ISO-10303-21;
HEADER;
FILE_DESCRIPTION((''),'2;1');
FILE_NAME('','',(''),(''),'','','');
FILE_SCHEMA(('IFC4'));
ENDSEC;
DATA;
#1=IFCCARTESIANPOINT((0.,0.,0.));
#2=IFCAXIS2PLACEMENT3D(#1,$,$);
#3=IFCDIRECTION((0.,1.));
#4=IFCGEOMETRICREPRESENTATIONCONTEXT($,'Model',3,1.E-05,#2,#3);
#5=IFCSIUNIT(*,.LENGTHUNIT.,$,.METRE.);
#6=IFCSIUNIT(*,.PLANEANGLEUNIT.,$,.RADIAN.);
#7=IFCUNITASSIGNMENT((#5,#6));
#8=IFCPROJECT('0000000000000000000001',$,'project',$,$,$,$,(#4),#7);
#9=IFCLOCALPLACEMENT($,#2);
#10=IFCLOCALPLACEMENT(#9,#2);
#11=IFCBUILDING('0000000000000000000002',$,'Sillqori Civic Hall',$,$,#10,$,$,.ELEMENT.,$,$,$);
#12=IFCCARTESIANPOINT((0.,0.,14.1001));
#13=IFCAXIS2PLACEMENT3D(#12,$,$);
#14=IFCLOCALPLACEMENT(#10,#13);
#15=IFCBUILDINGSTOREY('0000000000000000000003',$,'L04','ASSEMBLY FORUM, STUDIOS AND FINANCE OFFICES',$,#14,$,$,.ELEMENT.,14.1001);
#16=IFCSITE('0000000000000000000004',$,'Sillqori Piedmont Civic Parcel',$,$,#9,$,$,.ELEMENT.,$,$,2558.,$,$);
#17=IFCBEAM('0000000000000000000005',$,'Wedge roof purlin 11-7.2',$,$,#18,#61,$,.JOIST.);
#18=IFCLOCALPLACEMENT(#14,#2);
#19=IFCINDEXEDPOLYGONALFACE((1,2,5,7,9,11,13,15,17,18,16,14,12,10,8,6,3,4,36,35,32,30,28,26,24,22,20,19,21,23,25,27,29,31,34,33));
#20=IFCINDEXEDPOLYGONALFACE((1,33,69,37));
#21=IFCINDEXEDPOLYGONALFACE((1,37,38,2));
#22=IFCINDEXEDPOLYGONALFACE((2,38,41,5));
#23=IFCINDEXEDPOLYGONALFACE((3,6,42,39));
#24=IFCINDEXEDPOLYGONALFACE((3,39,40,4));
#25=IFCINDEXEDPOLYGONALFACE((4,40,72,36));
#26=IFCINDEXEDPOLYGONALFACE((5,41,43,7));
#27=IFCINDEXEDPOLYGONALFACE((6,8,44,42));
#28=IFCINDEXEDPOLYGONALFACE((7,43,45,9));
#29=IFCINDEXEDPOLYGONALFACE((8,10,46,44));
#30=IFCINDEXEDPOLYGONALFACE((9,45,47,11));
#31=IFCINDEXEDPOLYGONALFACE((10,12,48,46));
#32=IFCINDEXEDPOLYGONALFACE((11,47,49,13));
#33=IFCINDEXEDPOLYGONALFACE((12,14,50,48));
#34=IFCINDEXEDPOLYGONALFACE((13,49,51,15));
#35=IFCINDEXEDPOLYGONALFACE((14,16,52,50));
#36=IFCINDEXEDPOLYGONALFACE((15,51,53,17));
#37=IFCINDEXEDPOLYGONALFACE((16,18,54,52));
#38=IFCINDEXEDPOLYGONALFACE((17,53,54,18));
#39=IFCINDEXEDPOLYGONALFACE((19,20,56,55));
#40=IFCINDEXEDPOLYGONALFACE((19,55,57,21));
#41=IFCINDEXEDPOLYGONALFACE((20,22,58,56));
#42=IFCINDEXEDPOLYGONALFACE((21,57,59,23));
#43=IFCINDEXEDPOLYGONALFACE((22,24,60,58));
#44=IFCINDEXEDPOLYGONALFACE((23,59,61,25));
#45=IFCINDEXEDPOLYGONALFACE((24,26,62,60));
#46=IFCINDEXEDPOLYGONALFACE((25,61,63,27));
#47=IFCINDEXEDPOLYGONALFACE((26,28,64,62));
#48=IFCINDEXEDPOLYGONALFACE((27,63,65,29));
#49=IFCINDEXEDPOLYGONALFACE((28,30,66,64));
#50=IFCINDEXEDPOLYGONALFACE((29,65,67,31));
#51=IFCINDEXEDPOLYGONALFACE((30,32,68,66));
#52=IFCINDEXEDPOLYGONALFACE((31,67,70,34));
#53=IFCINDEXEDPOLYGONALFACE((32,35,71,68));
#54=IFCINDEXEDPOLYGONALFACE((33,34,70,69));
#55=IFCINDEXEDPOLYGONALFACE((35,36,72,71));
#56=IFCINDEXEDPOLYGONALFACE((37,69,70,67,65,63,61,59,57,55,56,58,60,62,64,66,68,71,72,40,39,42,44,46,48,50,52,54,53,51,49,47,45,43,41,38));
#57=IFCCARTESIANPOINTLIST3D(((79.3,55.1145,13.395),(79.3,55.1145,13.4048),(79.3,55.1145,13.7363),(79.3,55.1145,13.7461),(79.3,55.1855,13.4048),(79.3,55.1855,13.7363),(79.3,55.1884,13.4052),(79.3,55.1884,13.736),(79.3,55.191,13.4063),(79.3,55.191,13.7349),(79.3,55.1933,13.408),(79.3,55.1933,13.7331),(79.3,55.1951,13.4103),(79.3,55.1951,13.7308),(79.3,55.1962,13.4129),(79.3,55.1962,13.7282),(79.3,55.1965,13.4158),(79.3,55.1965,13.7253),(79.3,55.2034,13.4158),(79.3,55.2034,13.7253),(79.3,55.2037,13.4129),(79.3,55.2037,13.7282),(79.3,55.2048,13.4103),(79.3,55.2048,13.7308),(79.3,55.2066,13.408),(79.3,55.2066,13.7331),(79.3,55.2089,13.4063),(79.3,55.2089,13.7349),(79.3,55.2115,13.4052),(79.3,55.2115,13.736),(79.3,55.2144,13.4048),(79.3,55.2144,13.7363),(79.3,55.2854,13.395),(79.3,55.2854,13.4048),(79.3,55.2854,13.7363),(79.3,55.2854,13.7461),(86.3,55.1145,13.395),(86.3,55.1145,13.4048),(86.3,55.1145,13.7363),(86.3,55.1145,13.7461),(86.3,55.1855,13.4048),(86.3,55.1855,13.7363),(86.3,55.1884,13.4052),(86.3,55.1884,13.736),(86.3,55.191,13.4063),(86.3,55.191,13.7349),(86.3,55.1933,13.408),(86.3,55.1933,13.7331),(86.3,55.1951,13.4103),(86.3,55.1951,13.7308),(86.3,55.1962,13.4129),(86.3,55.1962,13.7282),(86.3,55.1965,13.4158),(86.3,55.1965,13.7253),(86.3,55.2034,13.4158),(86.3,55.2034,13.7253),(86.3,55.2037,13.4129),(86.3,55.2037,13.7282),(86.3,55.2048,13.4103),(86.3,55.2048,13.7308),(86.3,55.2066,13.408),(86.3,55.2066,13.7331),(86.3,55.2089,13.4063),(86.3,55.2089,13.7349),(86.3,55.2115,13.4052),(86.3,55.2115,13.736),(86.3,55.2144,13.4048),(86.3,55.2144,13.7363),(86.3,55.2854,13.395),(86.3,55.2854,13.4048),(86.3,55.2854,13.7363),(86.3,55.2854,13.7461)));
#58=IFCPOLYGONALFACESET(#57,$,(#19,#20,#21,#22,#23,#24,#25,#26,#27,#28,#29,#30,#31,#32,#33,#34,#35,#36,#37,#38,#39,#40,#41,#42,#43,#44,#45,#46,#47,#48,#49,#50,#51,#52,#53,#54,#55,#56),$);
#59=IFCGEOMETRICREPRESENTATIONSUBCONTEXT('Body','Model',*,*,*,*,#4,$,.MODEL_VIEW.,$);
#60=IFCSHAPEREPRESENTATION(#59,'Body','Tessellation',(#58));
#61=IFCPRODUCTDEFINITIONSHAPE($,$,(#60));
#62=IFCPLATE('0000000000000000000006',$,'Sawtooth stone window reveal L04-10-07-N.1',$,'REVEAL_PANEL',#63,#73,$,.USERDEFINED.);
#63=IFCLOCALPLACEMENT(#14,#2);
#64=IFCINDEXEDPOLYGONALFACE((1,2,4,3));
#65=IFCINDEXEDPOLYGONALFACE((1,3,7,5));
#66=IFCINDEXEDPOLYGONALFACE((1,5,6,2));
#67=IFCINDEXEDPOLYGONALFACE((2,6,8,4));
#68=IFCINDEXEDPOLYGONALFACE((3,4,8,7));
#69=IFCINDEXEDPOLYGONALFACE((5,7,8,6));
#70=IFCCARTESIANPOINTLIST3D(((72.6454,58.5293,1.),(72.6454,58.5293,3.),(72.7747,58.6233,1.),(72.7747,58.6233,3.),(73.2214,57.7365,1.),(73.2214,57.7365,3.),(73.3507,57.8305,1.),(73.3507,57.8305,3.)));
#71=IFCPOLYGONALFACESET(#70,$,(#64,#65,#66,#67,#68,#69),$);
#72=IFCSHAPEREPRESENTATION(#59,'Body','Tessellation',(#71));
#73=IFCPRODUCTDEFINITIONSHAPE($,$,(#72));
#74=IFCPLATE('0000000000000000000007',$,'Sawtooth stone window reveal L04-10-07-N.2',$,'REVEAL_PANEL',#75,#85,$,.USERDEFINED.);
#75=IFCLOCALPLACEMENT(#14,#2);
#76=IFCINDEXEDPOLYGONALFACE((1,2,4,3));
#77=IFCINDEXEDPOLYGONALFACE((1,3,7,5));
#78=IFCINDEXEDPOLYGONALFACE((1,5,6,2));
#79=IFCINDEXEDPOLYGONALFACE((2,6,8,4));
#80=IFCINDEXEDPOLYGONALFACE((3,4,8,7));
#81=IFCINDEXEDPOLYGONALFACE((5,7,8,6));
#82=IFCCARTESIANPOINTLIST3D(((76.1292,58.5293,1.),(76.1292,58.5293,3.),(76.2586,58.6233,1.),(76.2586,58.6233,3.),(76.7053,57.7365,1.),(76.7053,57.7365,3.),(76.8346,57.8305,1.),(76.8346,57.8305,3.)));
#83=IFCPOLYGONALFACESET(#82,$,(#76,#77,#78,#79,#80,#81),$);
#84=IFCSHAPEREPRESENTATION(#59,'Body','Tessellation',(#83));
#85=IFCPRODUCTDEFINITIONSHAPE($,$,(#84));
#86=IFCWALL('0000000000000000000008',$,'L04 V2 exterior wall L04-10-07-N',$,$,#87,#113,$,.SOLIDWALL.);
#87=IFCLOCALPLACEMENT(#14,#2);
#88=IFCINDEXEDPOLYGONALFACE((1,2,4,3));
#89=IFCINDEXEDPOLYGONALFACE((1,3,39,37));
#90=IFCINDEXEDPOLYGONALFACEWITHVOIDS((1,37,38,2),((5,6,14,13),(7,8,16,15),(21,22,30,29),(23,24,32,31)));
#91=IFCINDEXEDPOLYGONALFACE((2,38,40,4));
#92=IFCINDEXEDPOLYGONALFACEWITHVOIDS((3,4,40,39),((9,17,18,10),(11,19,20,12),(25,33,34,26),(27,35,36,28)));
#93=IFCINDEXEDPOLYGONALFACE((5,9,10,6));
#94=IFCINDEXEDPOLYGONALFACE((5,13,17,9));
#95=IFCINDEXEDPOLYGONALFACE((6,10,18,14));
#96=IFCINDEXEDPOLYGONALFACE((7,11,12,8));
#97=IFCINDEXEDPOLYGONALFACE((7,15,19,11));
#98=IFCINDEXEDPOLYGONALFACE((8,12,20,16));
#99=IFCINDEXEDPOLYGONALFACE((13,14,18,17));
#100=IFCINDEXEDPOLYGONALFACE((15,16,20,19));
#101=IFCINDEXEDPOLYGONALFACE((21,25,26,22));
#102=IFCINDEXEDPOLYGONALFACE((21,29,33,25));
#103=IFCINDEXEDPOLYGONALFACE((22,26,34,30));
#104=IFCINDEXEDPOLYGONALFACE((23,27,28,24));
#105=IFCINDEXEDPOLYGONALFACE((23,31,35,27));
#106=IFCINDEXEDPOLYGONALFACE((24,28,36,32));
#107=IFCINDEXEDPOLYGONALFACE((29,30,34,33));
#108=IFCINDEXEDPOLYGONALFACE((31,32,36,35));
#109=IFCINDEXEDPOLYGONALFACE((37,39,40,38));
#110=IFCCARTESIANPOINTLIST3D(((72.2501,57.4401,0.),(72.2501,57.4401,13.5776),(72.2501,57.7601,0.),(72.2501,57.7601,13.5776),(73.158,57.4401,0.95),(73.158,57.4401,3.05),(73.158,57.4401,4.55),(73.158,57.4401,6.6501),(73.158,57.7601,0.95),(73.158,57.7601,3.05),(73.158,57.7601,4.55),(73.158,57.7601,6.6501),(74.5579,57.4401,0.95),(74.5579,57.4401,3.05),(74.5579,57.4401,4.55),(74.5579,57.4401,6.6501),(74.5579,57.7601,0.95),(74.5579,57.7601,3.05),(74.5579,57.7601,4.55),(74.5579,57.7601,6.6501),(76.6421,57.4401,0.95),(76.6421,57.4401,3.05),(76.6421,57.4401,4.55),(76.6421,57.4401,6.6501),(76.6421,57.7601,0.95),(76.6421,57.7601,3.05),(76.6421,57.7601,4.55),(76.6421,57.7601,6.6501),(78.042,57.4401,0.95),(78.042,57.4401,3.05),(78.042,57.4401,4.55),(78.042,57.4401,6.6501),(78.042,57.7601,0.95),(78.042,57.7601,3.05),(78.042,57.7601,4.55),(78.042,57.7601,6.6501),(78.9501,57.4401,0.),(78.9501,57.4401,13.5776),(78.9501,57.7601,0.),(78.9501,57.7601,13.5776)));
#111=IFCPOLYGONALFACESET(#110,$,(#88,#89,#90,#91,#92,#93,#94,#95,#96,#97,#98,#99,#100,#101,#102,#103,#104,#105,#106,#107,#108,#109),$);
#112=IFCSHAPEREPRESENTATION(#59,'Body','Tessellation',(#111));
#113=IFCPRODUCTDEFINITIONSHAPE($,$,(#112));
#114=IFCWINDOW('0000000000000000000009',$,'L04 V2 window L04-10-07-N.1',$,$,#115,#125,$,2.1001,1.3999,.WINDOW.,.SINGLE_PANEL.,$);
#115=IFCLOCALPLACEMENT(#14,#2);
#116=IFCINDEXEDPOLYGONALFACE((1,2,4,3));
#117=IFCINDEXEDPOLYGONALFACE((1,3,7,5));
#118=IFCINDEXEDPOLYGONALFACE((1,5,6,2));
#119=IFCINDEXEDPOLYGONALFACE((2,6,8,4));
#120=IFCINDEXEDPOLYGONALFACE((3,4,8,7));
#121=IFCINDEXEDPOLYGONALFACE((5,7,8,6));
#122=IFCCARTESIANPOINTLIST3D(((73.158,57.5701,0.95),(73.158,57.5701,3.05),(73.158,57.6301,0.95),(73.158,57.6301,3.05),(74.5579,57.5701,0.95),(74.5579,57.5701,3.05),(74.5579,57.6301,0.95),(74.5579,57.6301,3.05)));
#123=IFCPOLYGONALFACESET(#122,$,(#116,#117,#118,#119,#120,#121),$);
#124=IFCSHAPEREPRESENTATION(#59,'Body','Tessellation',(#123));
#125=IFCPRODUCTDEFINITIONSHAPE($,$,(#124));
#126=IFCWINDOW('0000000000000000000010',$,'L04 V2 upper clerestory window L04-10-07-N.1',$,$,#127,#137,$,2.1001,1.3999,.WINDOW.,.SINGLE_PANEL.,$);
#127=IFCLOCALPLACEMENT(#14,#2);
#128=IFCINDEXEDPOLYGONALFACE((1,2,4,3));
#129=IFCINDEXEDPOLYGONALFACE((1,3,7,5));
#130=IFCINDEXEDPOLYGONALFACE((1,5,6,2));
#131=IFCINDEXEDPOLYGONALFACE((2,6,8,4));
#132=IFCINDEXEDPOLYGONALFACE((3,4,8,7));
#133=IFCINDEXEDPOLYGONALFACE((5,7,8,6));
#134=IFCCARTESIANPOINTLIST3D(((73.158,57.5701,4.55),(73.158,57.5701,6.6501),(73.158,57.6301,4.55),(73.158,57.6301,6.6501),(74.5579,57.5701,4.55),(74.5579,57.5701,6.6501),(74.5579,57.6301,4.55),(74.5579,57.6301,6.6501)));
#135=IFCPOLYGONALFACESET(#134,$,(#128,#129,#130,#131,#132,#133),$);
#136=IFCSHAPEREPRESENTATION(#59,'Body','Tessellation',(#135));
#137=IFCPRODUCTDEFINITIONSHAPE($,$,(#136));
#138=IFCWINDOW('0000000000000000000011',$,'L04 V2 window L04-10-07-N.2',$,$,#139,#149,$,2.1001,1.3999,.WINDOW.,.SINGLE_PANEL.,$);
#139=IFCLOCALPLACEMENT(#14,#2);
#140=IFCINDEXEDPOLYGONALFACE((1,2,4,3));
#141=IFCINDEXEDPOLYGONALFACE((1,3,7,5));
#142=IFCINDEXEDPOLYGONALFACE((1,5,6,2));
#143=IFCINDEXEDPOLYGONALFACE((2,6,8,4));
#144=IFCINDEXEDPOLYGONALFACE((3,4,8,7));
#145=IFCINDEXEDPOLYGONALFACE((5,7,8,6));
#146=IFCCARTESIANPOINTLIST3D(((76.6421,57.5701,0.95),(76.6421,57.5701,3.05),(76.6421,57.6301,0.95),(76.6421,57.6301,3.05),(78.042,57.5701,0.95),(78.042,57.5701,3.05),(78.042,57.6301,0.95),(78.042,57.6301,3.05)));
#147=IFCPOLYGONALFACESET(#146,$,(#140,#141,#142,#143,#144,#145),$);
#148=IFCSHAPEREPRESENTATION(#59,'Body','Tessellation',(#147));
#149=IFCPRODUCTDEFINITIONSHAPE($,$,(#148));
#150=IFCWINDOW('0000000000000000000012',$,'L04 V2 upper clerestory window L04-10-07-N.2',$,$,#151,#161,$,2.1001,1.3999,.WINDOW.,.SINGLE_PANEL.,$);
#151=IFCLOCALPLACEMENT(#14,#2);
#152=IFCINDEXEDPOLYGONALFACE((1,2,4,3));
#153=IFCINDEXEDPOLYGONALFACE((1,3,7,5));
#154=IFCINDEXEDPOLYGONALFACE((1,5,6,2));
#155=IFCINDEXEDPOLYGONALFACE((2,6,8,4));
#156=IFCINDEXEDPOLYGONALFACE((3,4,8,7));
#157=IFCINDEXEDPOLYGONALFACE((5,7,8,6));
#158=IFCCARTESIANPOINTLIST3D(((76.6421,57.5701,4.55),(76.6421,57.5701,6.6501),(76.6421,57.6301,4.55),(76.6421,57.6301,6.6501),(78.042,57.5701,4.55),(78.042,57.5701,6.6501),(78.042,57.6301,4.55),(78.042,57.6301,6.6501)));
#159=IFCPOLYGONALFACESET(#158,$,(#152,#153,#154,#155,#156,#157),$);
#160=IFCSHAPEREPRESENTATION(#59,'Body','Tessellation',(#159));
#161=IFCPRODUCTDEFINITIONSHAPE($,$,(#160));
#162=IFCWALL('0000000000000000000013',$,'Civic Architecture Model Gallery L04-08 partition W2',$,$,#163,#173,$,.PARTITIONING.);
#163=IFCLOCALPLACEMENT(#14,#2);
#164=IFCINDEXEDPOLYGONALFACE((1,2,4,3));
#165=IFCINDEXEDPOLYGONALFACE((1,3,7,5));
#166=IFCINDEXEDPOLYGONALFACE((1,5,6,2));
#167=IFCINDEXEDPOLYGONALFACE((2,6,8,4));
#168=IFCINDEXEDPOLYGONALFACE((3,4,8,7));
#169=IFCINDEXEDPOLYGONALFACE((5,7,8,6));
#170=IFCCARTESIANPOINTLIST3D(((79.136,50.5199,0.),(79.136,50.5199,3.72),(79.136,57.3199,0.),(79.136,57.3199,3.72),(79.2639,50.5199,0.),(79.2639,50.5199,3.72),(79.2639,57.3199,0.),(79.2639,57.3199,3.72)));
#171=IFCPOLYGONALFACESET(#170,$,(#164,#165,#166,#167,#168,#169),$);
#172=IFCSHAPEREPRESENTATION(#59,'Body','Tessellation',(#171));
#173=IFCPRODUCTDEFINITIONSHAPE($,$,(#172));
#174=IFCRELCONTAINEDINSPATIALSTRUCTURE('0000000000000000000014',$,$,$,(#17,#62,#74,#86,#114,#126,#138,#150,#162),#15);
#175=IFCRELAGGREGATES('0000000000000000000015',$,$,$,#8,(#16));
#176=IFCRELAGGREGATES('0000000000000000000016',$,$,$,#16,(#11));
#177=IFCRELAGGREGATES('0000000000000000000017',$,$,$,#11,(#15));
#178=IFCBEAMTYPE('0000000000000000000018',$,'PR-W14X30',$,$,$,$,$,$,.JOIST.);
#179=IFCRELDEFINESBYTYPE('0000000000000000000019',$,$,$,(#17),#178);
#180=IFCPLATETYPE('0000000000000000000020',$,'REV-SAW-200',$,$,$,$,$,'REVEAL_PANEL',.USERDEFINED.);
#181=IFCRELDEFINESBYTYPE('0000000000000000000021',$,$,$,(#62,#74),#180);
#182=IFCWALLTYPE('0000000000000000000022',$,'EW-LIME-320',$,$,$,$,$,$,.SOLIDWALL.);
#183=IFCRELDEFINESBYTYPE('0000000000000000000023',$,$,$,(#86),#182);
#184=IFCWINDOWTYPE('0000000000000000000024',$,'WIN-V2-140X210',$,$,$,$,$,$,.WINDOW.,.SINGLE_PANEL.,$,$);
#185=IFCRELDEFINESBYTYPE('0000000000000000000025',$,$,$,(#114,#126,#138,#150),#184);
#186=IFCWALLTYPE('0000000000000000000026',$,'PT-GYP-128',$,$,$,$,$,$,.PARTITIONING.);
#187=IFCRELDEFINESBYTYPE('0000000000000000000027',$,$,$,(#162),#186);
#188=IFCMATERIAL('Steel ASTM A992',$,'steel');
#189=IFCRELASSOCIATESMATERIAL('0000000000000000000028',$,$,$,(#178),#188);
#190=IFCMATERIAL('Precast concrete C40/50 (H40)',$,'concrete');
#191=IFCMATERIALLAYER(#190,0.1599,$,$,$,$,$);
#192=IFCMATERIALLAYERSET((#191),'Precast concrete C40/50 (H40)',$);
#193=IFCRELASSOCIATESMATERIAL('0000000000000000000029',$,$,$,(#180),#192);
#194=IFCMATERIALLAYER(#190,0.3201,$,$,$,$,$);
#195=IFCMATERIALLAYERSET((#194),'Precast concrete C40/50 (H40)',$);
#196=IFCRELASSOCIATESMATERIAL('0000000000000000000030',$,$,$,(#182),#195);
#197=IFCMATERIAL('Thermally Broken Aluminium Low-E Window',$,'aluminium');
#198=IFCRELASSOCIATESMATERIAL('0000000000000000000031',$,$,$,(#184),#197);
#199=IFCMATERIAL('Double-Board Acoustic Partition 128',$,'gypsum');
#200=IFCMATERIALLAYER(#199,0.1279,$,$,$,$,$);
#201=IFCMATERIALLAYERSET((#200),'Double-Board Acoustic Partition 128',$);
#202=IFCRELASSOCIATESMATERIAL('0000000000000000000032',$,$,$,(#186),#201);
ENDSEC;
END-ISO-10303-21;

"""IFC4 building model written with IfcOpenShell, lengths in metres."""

from ifc_helpers import new_model, si_unit, direction, frame, frame_2d, origin, origin_2d, place, context, subcontext, project, spatial, rectangle, i_section, extrude, material, layer, layer_set, material_profile, profile_set, type_object, element, fill, save


model = new_model("IFC4")

# Units and contexts
model_context = context("Model", 3, precision=1e-05, world=origin(), true_north=direction((0.0, 1.0)))
body_context = subcontext(model_context, "Body", "Model", "MODEL_VIEW")
ifc_project = project(units=[si_unit("LENGTHUNIT", "METRE"), si_unit("PLANEANGLEUNIT", "RADIAN")], contexts=[model_context])

# Site, building, storey
site_placement = place(None, origin())
site = spatial("IfcSite", under=ifc_project, at=site_placement, Name="Sillqori Piedmont Civic Parcel", CompositionType="ELEMENT", RefElevation=2558.0)
building_placement = place(site_placement, origin())
building = spatial("IfcBuilding", under=site, at=building_placement, Name="Sillqori Civic Hall", CompositionType="ELEMENT")
storey_placement = place(building_placement, frame((0.0, 0.0, 14.1001)))
storey = spatial("IfcBuildingStorey", under=building, at=storey_placement, Name="L04", Description="ASSEMBLY FORUM, STUDIOS AND FINANCE OFFICES", CompositionType="ELEMENT", Elevation=14.1001)

# Shared definitions
ifc_material_1 = material(Name="Steel ASTM A992", Category="steel")

# Beam
ifc_material_profile_1 = material_profile(ifc_material_1, i_section(OverallWidth=0.1709, OverallDepth=0.3511, WebThickness=0.0068, FlangeThickness=0.0098, FilletRadius=0.011, at=origin_2d()), Name="W14X30")
ifc_profile_set_1 = profile_set([ifc_material_profile_1], Name="Steel ASTM A992")
beam_type_1 = type_object("IfcBeamType", Name="PR-W14X30", PredefinedType="JOIST", material=ifc_profile_set_1)
for number, where, z_axis, x_axis, name in (
    (1, (79.3, 55.2, 13.5706), (1.0, 0.0, 0.0), (0.0, 1.0, 0.0), "Wedge roof purlin 11-7.2"),
):
    element("IfcBeam", number, at=place(storey_placement, frame(where, z_axis=z_axis, x_axis=x_axis)), inside=storey, type_object=beam_type_1, Name=name, PredefinedType="JOIST", context=body_context, shape_type="SweptSolid", body=[
        extrude(i_section(OverallWidth=0.1709, OverallDepth=0.3511, WebThickness=0.0068, FlangeThickness=0.0098, FilletRadius=0.011, at=origin_2d()), origin(), (0.0, 0.0, 1.0), 7.0),
    ])

# Plates
ifc_material_2 = material(Name="Precast concrete C40/50 (H40)", Category="concrete")
ifc_layer_1 = layer(ifc_material_2, 0.1599)
ifc_layer_set_1 = layer_set([ifc_layer_1], Name="Precast concrete C40/50 (H40)")
plate_type = type_object("IfcPlateType", Name="REV-SAW-200", ElementType="REVEAL_PANEL", PredefinedType="USERDEFINED", material=ifc_layer_set_1)
for number, where, z_axis, x_axis, name in (
    (2, (72.998, 58.1799, 1.0), (0.0, 0.0, 1.0), (0.809017, 0.587785, 0.0), "Sawtooth stone window reveal L04-10-07-N.1"),
    (3, (76.4819, 58.1799, 1.0), (0.0, 0.0, 1.0), (0.809017, 0.587785, 0.0), "Sawtooth stone window reveal L04-10-07-N.2"),
):
    element("IfcPlate", number, at=place(storey_placement, frame(where, z_axis=z_axis, x_axis=x_axis)), inside=storey, type_object=plate_type, Name=name, ObjectType="REVEAL_PANEL", PredefinedType="USERDEFINED", context=body_context, shape_type="SweptSolid", body=[
        extrude(rectangle(XDim=0.1599, YDim=0.98, at=origin_2d()), origin(), (0.0, 0.0, 1.0), 2.0),
    ])

# Wall, openings, windows
ifc_layer_2 = layer(ifc_material_2, 0.3201)
ifc_layer_set_2 = layer_set([ifc_layer_2], Name="Precast concrete C40/50 (H40)")
wall_type_1 = type_object("IfcWallType", Name="EW-LIME-320", PredefinedType="SOLIDWALL", material=ifc_layer_set_2)
wall_1_placement = place(storey_placement, frame((72.25, 57.6001, 0.0), z_axis=(0.0, 0.0, 1.0), x_axis=(1.0, 0.0, 0.0)))
wall_1 = element("IfcWall", 4, at=wall_1_placement, inside=storey, type_object=wall_type_1, Name="L04 V2 exterior wall L04-10-07-N", PredefinedType="SOLIDWALL", context=body_context, shape_type="SweptSolid", body=[
    extrude(rectangle(XDim=6.7, YDim=0.3201, at=frame_2d((3.3501, 0.0))), origin(), (0.0, 0.0, 1.0), 13.5776),
])
opening_1_placement = place(wall_1_placement, frame((0.908, 0.0, 0.95)))
opening_1 = element("IfcOpeningElement", 5, at=opening_1_placement, cuts=wall_1, PredefinedType="OPENING", context=body_context, shape_type="SweptSolid", body=[
    extrude(rectangle(XDim=1.3999, YDim=2.1001, at=frame_2d((0.7, 1.05))), frame((0.0, 0.1699, 0.0), z_axis=(0.0, -1.0, 0.0), x_axis=(1.0, 0.0, 0.0)), (0.0, 0.0, 1.0), 0.3401),
])
opening_2_placement = place(wall_1_placement, frame((0.908, 0.0, 4.55)))
opening_2 = element("IfcOpeningElement", 6, at=opening_2_placement, cuts=wall_1, PredefinedType="OPENING", context=body_context, shape_type="SweptSolid", body=[
    extrude(rectangle(XDim=1.3999, YDim=2.1001, at=frame_2d((0.7, 1.05))), frame((0.0, 0.1699, 0.0), z_axis=(0.0, -1.0, 0.0), x_axis=(1.0, 0.0, 0.0)), (0.0, 0.0, 1.0), 0.3401),
])
opening_3_placement = place(wall_1_placement, frame((4.3921, 0.0, 0.95)))
opening_3 = element("IfcOpeningElement", 7, at=opening_3_placement, cuts=wall_1, PredefinedType="OPENING", context=body_context, shape_type="SweptSolid", body=[
    extrude(rectangle(XDim=1.3999, YDim=2.1001, at=frame_2d((0.7, 1.05))), frame((0.0, 0.1699, 0.0), z_axis=(0.0, -1.0, 0.0), x_axis=(1.0, 0.0, 0.0)), (0.0, 0.0, 1.0), 0.3401),
])
opening_4_placement = place(wall_1_placement, frame((4.3921, 0.0, 4.55)))
opening_4 = element("IfcOpeningElement", 8, at=opening_4_placement, cuts=wall_1, PredefinedType="OPENING", context=body_context, shape_type="SweptSolid", body=[
    extrude(rectangle(XDim=1.3999, YDim=2.1001, at=frame_2d((0.7, 1.05))), frame((0.0, 0.1699, 0.0), z_axis=(0.0, -1.0, 0.0), x_axis=(1.0, 0.0, 0.0)), (0.0, 0.0, 1.0), 0.3401),
])
ifc_material_3 = material(Name="Thermally Broken Aluminium Low-E Window", Category="aluminium")
window_type = type_object("IfcWindowType", Name="WIN-V2-140X210", PartitioningType="SINGLE_PANEL", PredefinedType="WINDOW", material=ifc_material_3)
window_1_placement = place(opening_1_placement, origin())
window_1 = element("IfcWindow", 9, at=window_1_placement, inside=storey, type_object=window_type, Name="L04 V2 window L04-10-07-N.1", OverallHeight=2.1001, OverallWidth=1.3999, PartitioningType="SINGLE_PANEL", PredefinedType="WINDOW", context=body_context, shape_type="SweptSolid", body=[
    extrude(rectangle(XDim=1.3999, YDim=2.1001, at=frame_2d((0.7, 1.05))), frame((0.0, 0.03, 0.0), z_axis=(0.0, -1.0, 0.0), x_axis=(1.0, 0.0, 0.0)), (0.0, 0.0, 1.0), 0.0601),
])
fill(opening_1, window_1)
window_2_placement = place(opening_2_placement, origin())
window_2 = element("IfcWindow", 10, at=window_2_placement, inside=storey, type_object=window_type, Name="L04 V2 upper clerestory window L04-10-07-N.1", OverallHeight=2.1001, OverallWidth=1.3999, PartitioningType="SINGLE_PANEL", PredefinedType="WINDOW", context=body_context, shape_type="SweptSolid", body=[
    extrude(rectangle(XDim=1.3999, YDim=2.1001, at=frame_2d((0.7, 1.05))), frame((0.0, 0.03, 0.0), z_axis=(0.0, -1.0, 0.0), x_axis=(1.0, 0.0, 0.0)), (0.0, 0.0, 1.0), 0.0601),
])
fill(opening_2, window_2)
window_3_placement = place(opening_3_placement, origin())
window_3 = element("IfcWindow", 11, at=window_3_placement, inside=storey, type_object=window_type, Name="L04 V2 window L04-10-07-N.2", OverallHeight=2.1001, OverallWidth=1.3999, PartitioningType="SINGLE_PANEL", PredefinedType="WINDOW", context=body_context, shape_type="SweptSolid", body=[
    extrude(rectangle(XDim=1.3999, YDim=2.1001, at=frame_2d((0.7, 1.05))), frame((0.0, 0.03, 0.0), z_axis=(0.0, -1.0, 0.0), x_axis=(1.0, 0.0, 0.0)), (0.0, 0.0, 1.0), 0.0601),
])
fill(opening_3, window_3)
window_4_placement = place(opening_4_placement, origin())
window_4 = element("IfcWindow", 12, at=window_4_placement, inside=storey, type_object=window_type, Name="L04 V2 upper clerestory window L04-10-07-N.2", OverallHeight=2.1001, OverallWidth=1.3999, PartitioningType="SINGLE_PANEL", PredefinedType="WINDOW", context=body_context, shape_type="SweptSolid", body=[
    extrude(rectangle(XDim=1.3999, YDim=2.1001, at=frame_2d((0.7, 1.05))), frame((0.0, 0.03, 0.0), z_axis=(0.0, -1.0, 0.0), x_axis=(1.0, 0.0, 0.0)), (0.0, 0.0, 1.0), 0.0601),
])
fill(opening_4, window_4)

# Wall
ifc_material_4 = material(Name="Double-Board Acoustic Partition 128", Category="gypsum")
ifc_layer_3 = layer(ifc_material_4, 0.1279)
ifc_layer_set_3 = layer_set([ifc_layer_3], Name="Double-Board Acoustic Partition 128")
wall_type_2 = type_object("IfcWallType", Name="PT-GYP-128", PredefinedType="PARTITIONING", material=ifc_layer_set_3)
wall_2_placement = place(storey_placement, frame((79.2, 50.52, 0.0), z_axis=(0.0, 0.0, 1.0), x_axis=(0.0, 1.0, 0.0)))
element("IfcWall", 13, at=wall_2_placement, inside=storey, type_object=wall_type_2, Name="Civic Architecture Model Gallery L04-08 partition W2", PredefinedType="PARTITIONING", context=body_context, shape_type="SweptSolid", body=[
    extrude(rectangle(XDim=6.8, YDim=0.1279, at=frame_2d((3.3999, 0.0))), origin(), (0.0, 0.0, 1.0), 3.72),
])

save(model, "model.ifc")
